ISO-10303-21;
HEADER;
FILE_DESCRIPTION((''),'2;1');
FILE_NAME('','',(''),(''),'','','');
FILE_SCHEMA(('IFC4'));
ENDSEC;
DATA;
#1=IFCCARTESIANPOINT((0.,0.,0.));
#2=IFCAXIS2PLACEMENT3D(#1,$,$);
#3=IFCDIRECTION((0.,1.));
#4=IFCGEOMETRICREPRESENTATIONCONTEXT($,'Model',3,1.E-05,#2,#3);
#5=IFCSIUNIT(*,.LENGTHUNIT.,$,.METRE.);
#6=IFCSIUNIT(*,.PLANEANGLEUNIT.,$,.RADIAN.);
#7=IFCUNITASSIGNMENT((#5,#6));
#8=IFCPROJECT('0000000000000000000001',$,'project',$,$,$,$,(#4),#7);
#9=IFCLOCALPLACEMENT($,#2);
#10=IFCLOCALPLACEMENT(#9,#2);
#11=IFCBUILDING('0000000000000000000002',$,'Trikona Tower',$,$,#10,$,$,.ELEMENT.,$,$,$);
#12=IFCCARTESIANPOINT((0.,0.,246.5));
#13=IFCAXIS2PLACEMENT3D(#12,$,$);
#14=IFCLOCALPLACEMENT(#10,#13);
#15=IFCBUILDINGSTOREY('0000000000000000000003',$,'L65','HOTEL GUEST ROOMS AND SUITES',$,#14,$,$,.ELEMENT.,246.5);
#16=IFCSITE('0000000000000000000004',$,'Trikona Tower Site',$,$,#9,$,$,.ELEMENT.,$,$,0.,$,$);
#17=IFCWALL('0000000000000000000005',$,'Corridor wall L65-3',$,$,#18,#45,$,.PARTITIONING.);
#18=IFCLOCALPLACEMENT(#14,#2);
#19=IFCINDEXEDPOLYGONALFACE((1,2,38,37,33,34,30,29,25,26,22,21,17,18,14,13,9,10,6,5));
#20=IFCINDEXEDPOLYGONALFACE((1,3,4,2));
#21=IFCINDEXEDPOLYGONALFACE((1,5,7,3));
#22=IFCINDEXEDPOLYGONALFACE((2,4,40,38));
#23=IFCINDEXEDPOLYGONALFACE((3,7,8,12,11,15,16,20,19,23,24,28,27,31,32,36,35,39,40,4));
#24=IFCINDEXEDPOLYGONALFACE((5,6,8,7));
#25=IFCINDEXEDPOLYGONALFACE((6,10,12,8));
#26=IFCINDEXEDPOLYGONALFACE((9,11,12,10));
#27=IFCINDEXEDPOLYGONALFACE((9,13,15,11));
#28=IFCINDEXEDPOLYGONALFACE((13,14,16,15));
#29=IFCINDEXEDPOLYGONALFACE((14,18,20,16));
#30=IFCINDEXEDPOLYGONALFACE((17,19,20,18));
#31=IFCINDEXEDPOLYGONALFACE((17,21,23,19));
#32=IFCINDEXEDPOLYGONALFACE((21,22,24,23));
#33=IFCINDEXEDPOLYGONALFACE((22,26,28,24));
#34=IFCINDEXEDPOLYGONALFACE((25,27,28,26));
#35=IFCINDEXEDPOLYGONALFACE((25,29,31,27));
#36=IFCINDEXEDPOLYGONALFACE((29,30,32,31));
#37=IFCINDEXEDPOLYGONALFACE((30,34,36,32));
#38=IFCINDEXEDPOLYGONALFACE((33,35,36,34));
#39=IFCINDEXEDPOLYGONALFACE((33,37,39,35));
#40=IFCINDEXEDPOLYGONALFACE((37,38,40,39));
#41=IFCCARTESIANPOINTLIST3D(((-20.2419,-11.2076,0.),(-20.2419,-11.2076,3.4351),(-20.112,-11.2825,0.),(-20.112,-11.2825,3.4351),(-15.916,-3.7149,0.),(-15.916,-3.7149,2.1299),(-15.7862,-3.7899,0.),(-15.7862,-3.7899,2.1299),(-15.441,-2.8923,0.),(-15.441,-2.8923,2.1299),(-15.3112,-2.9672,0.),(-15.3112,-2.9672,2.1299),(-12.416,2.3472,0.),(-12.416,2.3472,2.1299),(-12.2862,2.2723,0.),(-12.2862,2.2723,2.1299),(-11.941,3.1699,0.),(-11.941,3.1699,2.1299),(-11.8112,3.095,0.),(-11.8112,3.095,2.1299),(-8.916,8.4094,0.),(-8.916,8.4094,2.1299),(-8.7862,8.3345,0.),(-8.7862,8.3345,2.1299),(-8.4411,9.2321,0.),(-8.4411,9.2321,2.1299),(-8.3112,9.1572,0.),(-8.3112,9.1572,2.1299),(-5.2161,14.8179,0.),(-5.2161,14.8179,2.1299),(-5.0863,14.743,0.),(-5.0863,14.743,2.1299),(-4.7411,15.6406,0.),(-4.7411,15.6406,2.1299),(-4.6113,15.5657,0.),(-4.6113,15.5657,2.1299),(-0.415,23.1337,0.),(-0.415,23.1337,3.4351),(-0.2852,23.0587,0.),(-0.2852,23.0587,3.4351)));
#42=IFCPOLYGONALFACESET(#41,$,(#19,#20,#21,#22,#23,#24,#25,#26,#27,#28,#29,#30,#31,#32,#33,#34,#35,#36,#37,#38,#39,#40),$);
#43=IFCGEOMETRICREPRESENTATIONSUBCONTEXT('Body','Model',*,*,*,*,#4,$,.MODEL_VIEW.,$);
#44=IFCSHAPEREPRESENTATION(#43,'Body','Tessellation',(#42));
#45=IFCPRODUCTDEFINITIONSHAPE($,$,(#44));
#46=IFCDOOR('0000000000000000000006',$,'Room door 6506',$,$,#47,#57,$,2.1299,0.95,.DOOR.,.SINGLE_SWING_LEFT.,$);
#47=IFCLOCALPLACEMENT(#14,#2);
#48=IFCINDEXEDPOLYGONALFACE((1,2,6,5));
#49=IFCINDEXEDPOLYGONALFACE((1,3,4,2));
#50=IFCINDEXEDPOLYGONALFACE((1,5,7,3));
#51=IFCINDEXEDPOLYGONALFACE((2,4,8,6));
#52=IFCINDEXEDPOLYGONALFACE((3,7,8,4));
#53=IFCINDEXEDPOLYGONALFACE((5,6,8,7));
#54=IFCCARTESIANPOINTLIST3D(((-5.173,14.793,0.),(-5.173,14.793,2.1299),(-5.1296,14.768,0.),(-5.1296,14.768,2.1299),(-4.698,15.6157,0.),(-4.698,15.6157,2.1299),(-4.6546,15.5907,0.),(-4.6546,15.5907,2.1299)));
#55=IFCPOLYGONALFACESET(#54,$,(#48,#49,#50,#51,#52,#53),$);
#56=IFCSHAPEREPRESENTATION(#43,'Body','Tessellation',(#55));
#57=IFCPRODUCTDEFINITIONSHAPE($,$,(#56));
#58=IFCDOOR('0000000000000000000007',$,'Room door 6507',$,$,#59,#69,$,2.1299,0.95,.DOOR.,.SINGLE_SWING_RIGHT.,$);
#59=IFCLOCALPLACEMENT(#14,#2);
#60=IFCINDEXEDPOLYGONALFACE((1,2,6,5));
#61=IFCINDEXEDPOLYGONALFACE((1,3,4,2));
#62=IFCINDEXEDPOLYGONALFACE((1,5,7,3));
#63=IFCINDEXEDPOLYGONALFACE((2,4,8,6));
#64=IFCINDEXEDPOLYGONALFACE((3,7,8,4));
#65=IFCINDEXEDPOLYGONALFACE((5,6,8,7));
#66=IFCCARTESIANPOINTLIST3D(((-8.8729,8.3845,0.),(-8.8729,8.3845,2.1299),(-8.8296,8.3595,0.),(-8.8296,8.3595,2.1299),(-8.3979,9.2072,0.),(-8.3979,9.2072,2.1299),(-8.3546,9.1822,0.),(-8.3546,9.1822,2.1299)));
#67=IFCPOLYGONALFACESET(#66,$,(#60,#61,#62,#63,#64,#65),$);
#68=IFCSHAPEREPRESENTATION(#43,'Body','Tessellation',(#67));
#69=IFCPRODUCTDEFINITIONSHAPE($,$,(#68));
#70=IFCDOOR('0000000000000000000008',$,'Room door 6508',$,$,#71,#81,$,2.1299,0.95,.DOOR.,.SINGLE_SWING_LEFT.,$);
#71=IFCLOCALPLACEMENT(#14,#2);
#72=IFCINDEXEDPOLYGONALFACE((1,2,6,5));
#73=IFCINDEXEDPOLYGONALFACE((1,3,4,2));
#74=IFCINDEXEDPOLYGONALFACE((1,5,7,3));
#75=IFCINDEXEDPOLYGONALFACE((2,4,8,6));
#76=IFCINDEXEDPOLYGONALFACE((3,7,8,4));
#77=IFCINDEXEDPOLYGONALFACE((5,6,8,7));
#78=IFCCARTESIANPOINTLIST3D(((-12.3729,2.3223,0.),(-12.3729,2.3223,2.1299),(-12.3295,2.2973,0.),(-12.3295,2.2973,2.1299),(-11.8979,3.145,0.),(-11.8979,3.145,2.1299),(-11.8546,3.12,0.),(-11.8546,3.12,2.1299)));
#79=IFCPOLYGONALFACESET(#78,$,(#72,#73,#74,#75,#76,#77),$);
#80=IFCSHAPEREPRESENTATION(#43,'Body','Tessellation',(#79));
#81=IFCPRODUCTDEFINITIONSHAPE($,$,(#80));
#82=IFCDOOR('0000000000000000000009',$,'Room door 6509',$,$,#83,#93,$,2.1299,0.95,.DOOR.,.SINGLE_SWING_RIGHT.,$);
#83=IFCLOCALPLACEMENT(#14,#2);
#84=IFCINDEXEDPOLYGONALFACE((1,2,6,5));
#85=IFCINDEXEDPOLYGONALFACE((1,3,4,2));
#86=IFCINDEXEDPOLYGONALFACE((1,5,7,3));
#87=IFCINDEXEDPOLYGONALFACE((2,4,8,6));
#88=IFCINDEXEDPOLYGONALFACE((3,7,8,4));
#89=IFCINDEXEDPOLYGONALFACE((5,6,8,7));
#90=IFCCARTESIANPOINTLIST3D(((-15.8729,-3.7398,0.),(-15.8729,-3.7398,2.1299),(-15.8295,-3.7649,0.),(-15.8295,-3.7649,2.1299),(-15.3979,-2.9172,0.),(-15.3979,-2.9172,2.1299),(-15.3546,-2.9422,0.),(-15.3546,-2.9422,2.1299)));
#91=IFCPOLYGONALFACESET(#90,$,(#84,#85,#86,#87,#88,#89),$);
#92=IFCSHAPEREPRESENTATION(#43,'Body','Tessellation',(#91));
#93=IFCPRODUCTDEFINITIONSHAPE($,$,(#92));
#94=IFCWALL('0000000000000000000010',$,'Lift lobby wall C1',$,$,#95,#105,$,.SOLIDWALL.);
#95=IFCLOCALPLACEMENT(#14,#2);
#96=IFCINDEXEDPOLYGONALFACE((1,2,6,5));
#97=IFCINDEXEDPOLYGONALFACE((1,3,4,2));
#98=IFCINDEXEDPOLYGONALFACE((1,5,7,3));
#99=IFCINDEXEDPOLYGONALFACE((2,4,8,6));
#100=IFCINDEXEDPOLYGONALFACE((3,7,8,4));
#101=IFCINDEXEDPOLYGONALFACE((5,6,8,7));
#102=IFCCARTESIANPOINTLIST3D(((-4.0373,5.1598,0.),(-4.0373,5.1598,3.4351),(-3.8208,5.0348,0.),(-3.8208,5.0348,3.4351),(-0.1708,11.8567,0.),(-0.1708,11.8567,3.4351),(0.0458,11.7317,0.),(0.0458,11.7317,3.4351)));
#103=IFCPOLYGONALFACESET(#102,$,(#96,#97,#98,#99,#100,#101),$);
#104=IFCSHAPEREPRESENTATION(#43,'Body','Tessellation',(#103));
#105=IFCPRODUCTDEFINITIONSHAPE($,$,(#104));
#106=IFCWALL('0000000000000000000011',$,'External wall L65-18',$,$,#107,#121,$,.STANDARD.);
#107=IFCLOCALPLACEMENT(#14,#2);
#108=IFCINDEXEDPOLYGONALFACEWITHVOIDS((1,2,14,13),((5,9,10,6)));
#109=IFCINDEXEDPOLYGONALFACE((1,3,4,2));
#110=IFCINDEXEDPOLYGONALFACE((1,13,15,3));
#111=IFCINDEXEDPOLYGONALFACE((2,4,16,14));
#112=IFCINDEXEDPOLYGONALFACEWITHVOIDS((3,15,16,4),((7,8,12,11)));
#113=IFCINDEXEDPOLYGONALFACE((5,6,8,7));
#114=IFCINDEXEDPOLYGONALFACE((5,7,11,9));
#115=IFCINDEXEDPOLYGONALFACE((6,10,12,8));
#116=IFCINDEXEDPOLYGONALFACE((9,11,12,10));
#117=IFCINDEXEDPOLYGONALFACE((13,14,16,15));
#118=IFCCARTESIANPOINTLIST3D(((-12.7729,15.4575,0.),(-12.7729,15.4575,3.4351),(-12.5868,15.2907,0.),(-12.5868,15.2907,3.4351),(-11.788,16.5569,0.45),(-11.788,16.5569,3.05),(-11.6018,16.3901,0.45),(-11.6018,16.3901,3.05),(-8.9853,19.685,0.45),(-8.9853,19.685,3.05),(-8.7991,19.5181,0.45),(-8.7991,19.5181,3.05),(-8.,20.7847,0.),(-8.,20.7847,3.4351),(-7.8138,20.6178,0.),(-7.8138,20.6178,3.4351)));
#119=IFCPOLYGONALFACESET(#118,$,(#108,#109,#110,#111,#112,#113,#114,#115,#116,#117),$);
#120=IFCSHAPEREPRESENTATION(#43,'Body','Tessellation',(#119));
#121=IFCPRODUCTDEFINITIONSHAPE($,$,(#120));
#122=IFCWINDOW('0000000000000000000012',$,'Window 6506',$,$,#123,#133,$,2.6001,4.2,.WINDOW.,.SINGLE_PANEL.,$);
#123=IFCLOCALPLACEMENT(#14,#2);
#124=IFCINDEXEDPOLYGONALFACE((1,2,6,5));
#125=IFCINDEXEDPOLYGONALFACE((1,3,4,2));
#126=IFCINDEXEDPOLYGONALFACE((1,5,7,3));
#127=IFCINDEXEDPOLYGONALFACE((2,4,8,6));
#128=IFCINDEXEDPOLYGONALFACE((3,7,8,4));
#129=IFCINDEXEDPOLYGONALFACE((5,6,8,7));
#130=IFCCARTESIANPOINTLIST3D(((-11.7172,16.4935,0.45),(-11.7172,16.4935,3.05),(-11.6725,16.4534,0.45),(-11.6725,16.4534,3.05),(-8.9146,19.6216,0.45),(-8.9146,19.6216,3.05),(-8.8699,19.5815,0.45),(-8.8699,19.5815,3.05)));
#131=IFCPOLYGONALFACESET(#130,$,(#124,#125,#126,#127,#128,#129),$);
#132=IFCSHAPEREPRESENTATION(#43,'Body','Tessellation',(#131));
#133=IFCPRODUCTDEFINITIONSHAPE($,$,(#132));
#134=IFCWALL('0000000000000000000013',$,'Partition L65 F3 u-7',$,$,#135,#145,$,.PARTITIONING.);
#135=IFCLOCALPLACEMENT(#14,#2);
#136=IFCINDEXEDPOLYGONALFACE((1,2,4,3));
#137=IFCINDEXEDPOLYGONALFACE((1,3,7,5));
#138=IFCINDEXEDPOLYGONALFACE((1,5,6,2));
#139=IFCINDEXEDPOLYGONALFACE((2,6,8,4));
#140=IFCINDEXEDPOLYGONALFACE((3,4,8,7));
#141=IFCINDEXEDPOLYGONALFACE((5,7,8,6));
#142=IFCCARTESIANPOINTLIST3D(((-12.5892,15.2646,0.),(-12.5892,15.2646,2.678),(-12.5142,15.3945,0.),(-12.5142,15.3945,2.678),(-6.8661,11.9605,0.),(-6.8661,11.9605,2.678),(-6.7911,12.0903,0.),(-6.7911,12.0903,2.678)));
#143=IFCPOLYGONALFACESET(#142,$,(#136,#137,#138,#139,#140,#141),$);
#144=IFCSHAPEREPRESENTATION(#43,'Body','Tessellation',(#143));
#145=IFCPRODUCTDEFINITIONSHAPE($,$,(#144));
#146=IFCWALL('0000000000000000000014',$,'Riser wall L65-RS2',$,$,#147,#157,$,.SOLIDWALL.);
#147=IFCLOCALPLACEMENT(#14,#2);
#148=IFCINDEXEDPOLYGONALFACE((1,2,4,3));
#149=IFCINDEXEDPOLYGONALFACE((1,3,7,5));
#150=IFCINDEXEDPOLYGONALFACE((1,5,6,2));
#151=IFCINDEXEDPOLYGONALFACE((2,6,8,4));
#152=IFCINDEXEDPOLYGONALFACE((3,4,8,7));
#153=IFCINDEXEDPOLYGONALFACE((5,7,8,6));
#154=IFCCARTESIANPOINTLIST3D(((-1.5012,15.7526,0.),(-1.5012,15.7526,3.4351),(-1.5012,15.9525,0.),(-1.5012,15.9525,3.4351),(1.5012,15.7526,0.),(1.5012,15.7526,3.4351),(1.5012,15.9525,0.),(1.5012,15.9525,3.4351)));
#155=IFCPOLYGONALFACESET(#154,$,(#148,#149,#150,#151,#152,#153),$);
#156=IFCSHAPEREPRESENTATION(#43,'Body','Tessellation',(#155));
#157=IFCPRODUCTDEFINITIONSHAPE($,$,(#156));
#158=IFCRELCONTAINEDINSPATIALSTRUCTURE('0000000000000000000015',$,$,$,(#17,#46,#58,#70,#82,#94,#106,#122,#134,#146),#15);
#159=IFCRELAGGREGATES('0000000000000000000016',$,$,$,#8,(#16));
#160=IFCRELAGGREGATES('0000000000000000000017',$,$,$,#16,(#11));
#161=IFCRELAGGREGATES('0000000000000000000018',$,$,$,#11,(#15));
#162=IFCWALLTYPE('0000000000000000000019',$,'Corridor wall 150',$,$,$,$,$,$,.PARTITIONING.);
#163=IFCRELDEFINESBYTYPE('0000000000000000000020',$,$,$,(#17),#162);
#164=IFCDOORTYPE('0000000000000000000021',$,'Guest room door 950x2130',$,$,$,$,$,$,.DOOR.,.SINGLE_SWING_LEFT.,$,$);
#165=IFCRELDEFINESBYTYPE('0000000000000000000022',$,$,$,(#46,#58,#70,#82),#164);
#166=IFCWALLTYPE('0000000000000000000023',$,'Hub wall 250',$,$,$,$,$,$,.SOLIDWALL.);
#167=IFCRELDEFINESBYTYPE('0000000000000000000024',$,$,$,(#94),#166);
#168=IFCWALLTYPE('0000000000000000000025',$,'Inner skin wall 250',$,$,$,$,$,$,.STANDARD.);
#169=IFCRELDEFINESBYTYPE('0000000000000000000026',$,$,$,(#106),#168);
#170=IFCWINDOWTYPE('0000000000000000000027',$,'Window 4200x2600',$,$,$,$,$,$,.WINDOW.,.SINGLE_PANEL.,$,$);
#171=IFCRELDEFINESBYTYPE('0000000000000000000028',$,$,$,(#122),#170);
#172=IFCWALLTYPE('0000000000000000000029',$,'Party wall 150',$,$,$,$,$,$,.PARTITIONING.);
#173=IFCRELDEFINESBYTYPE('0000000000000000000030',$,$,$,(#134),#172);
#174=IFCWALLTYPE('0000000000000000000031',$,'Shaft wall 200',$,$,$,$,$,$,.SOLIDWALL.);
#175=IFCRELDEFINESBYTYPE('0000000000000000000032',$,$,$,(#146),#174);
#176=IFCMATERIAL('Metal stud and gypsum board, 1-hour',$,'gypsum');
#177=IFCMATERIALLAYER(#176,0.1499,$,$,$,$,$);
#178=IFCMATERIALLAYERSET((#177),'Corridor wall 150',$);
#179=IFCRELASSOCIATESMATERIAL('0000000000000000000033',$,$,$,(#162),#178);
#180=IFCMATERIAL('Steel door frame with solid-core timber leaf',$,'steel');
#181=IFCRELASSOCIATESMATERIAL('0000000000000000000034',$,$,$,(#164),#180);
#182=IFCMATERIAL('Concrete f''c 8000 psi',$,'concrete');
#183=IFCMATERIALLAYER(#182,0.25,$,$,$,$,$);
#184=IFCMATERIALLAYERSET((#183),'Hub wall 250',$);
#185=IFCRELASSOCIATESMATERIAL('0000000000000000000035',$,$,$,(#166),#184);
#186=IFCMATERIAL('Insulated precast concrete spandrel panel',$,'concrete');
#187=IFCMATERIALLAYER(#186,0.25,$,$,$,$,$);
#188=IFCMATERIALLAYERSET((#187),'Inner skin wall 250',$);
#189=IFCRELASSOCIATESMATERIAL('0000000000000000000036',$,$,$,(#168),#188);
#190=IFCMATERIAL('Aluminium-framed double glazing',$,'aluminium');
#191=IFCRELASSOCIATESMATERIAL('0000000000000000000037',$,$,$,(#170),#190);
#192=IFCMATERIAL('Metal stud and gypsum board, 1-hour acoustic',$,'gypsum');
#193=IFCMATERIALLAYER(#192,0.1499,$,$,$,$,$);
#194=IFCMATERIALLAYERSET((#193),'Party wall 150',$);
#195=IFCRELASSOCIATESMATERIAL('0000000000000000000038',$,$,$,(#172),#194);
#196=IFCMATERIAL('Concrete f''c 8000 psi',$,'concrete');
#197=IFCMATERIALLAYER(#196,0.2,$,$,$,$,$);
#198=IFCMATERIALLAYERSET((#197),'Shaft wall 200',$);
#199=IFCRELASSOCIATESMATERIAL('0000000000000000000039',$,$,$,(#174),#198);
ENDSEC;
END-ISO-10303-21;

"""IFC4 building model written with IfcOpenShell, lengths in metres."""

from ifc_helpers import new_model, si_unit, direction, frame, frame_2d, origin, place, context, subcontext, project, spatial, rectangle, extrude, material, layer, layer_set, type_object, element, fill, save


model = new_model("IFC4")

# Units and contexts
model_context = context("Model", 3, precision=1e-05, world=origin(), true_north=direction((0.0, 1.0)))
body_context = subcontext(model_context, "Body", "Model", "MODEL_VIEW")
ifc_project = project(units=[si_unit("LENGTHUNIT", "METRE"), si_unit("PLANEANGLEUNIT", "RADIAN")], contexts=[model_context])

# Site, building, storey
site_placement = place(None, origin())
site = spatial("IfcSite", under=ifc_project, at=site_placement, Name="Trikona Tower Site", CompositionType="ELEMENT", RefElevation=0.0)
building_placement = place(site_placement, origin())
building = spatial("IfcBuilding", under=site, at=building_placement, Name="Trikona Tower", CompositionType="ELEMENT")
storey_placement = place(building_placement, frame((0.0, 0.0, 246.5)))
storey = spatial("IfcBuildingStorey", under=building, at=storey_placement, Name="L65", Description="HOTEL GUEST ROOMS AND SUITES", CompositionType="ELEMENT", Elevation=246.5)

# Wall, openings, doors
ifc_material_1 = material(Name="Metal stud and gypsum board, 1-hour", Category="gypsum")
ifc_layer_1 = layer(ifc_material_1, 0.1499)
ifc_layer_set_1 = layer_set([ifc_layer_1], Name="Corridor wall 150")
wall_type_1 = type_object("IfcWallType", Name="Corridor wall 150", PredefinedType="PARTITIONING", material=ifc_layer_set_1)
wall_1_placement = place(storey_placement, frame((-0.3501, 23.0962, 0.0), z_axis=(0.0, 0.0, 1.0), x_axis=(-0.499999, -0.866026, 0.0)))
wall_1 = element("IfcWall", 1, at=wall_1_placement, inside=storey, type_object=wall_type_1, Name="Corridor wall L65-3", PredefinedType="PARTITIONING", context=body_context, shape_type="SweptSolid", body=[
    extrude(rectangle(XDim=39.6538, YDim=0.1499, at=frame_2d((19.8269, 0.0))), origin(), (0.0, 0.0, 1.0), 3.4351),
])
opening_1_placement = place(wall_1_placement, frame((8.6521, 0.0, 0.0)))
opening_1 = element("IfcOpeningElement", 2, at=opening_1_placement, cuts=wall_1, PredefinedType="OPENING", context=body_context, shape_type="SweptSolid", body=[
    extrude(rectangle(XDim=0.95, YDim=2.1299, at=frame_2d((0.4751, 1.0649))), frame((0.0, 0.085, 0.0), z_axis=(0.0, -1.0, 0.0), x_axis=(1.0, 0.0, 0.0)), (0.0, 0.0, 1.0), 0.1699),
])
opening_2_placement = place(wall_1_placement, frame((16.052, 0.0, 0.0)))
opening_2 = element("IfcOpeningElement", 3, at=opening_2_placement, cuts=wall_1, PredefinedType="OPENING", context=body_context, shape_type="SweptSolid", body=[
    extrude(rectangle(XDim=0.95, YDim=2.1299, at=frame_2d((0.4751, 1.0649))), frame((0.0, 0.085, 0.0), z_axis=(0.0, -1.0, 0.0), x_axis=(1.0, 0.0, 0.0)), (0.0, 0.0, 1.0), 0.1699),
])
opening_3_placement = place(wall_1_placement, frame((23.052, 0.0, 0.0)))
opening_3 = element("IfcOpeningElement", 4, at=opening_3_placement, cuts=wall_1, PredefinedType="OPENING", context=body_context, shape_type="SweptSolid", body=[
    extrude(rectangle(XDim=0.95, YDim=2.1299, at=frame_2d((0.4751, 1.0649))), frame((0.0, 0.085, 0.0), z_axis=(0.0, -1.0, 0.0), x_axis=(1.0, 0.0, 0.0)), (0.0, 0.0, 1.0), 0.1699),
])
opening_4_placement = place(wall_1_placement, frame((30.052, 0.0, 0.0)))
opening_4 = element("IfcOpeningElement", 5, at=opening_4_placement, cuts=wall_1, PredefinedType="OPENING", context=body_context, shape_type="SweptSolid", body=[
    extrude(rectangle(XDim=0.95, YDim=2.1299, at=frame_2d((0.4751, 1.0649))), frame((0.0, 0.085, 0.0), z_axis=(0.0, -1.0, 0.0), x_axis=(1.0, 0.0, 0.0)), (0.0, 0.0, 1.0), 0.1699),
])
ifc_material_2 = material(Name="Steel door frame with solid-core timber leaf", Category="steel")
door_type_1 = type_object("IfcDoorType", Name="Guest room door 950x2130", OperationType="SINGLE_SWING_LEFT", PredefinedType="DOOR", material=ifc_material_2)
door_1_placement = place(opening_1_placement, origin())
door_1 = element("IfcDoor", 6, at=door_1_placement, inside=storey, type_object=door_type_1, Name="Room door 6506", OperationType="SINGLE_SWING_LEFT", OverallHeight=2.1299, OverallWidth=0.95, PredefinedType="DOOR", context=body_context, shape_type="SweptSolid", body=[
    extrude(rectangle(XDim=0.95, YDim=2.1299, at=frame_2d((0.4751, 1.0649))), frame((0.0, 0.0249, 0.0), z_axis=(0.0, -1.0, 0.0), x_axis=(1.0, 0.0, 0.0)), (0.0, 0.0, 1.0), 0.05),
])
fill(opening_1, door_1)
door_2_placement = place(opening_2_placement, origin())
door_2 = element("IfcDoor", 7, at=door_2_placement, inside=storey, type_object=door_type_1, Name="Room door 6507", OperationType="SINGLE_SWING_RIGHT", OverallHeight=2.1299, OverallWidth=0.95, PredefinedType="DOOR", context=body_context, shape_type="SweptSolid", body=[
    extrude(rectangle(XDim=0.95, YDim=2.1299, at=frame_2d((0.4751, 1.0649))), frame((0.0, 0.0249, 0.0), z_axis=(0.0, -1.0, 0.0), x_axis=(1.0, 0.0, 0.0)), (0.0, 0.0, 1.0), 0.05),
])
fill(opening_2, door_2)
door_3_placement = place(opening_3_placement, origin())
door_3 = element("IfcDoor", 8, at=door_3_placement, inside=storey, type_object=door_type_1, Name="Room door 6508", OperationType="SINGLE_SWING_LEFT", OverallHeight=2.1299, OverallWidth=0.95, PredefinedType="DOOR", context=body_context, shape_type="SweptSolid", body=[
    extrude(rectangle(XDim=0.95, YDim=2.1299, at=frame_2d((0.4751, 1.0649))), frame((0.0, 0.0249, 0.0), z_axis=(0.0, -1.0, 0.0), x_axis=(1.0, 0.0, 0.0)), (0.0, 0.0, 1.0), 0.05),
])
fill(opening_3, door_3)
door_4_placement = place(opening_4_placement, origin())
door_4 = element("IfcDoor", 9, at=door_4_placement, inside=storey, type_object=door_type_1, Name="Room door 6509", OperationType="SINGLE_SWING_RIGHT", OverallHeight=2.1299, OverallWidth=0.95, PredefinedType="DOOR", context=body_context, shape_type="SweptSolid", body=[
    extrude(rectangle(XDim=0.95, YDim=2.1299, at=frame_2d((0.4751, 1.0649))), frame((0.0, 0.0249, 0.0), z_axis=(0.0, -1.0, 0.0), x_axis=(1.0, 0.0, 0.0)), (0.0, 0.0, 1.0), 0.05),
])
fill(opening_4, door_4)

# Wall
ifc_material_3 = material(Name="Concrete f'c 8000 psi", Category="concrete")
ifc_layer_2 = layer(ifc_material_3, 0.25)
ifc_layer_set_2 = layer_set([ifc_layer_2], Name="Hub wall 250")
wall_type_2 = type_object("IfcWallType", Name="Hub wall 250", PredefinedType="SOLIDWALL", material=ifc_layer_set_2)
wall_2_placement = place(storey_placement, frame((-0.0625, 11.7942, 0.0), z_axis=(0.0, 0.0, 1.0), x_axis=(-0.500007, -0.866022, 0.0)))
element("IfcWall", 10, at=wall_2_placement, inside=storey, type_object=wall_type_2, Name="Lift lobby wall C1", PredefinedType="SOLIDWALL", context=body_context, shape_type="SweptSolid", body=[
    extrude(rectangle(XDim=7.7329, YDim=0.25, at=frame_2d((3.8665, 0.0))), origin(), (0.0, 0.0, 1.0), 3.4351),
])

# Wall, opening, window
ifc_material_4 = material(Name="Insulated precast concrete spandrel panel", Category="concrete")
ifc_layer_3 = layer(ifc_material_4, 0.25)
ifc_layer_set_3 = layer_set([ifc_layer_3], Name="Inner skin wall 250")
wall_type_3 = type_object("IfcWallType", Name="Inner skin wall 250", PredefinedType="STANDARD", material=ifc_layer_set_3)
wall_3_placement = place(storey_placement, frame((-7.907, 20.7012, 0.0), z_axis=(0.0, 0.0, 1.0), x_axis=(-0.667304, -0.744786, 0.0)))
wall_3 = element("IfcWall", 11, at=wall_3_placement, inside=storey, type_object=wall_type_3, Name="External wall L65-18", PredefinedType="STANDARD", context=body_context, shape_type="SweptSolid", body=[
    extrude(rectangle(XDim=7.1526, YDim=0.25, at=frame_2d((3.5762, 0.0))), origin(), (0.0, 0.0, 1.0), 3.4351),
])
opening_5_placement = place(wall_3_placement, frame((1.4763, 0.0, 0.45)))
opening_5 = element("IfcOpeningElement", 12, at=opening_5_placement, cuts=wall_3, PredefinedType="OPENING", context=body_context, shape_type="SweptSolid", body=[
    extrude(rectangle(XDim=4.2, YDim=2.6001, at=frame_2d((2.1001, 1.3))), frame((0.0, 0.135, 0.0), z_axis=(0.0, -1.0, 0.0), x_axis=(1.0, 0.0, 0.0)), (0.0, 0.0, 1.0), 0.27),
])
ifc_material_5 = material(Name="Aluminium-framed double glazing", Category="aluminium")
window_type_1 = type_object("IfcWindowType", Name="Window 4200x2600", PartitioningType="SINGLE_PANEL", PredefinedType="WINDOW", material=ifc_material_5)
window_1_placement = place(opening_5_placement, origin())
window_1 = element("IfcWindow", 13, at=window_1_placement, inside=storey, type_object=window_type_1, Name="Window 6506", OverallHeight=2.6001, OverallWidth=4.2, PartitioningType="SINGLE_PANEL", PredefinedType="WINDOW", context=body_context, shape_type="SweptSolid", body=[
    extrude(rectangle(XDim=4.2, YDim=2.6001, at=frame_2d((2.1001, 1.3))), frame((0.0, 0.03, 0.0), z_axis=(0.0, -1.0, 0.0), x_axis=(1.0, 0.0, 0.0)), (0.0, 0.0, 1.0), 0.0601),
])
fill(opening_5, window_1)

# Walls
ifc_material_6 = material(Name="Metal stud and gypsum board, 1-hour acoustic", Category="gypsum")
ifc_layer_4 = layer(ifc_material_6, 0.1499)
ifc_layer_set_4 = layer_set([ifc_layer_4], Name="Party wall 150")
wall_type_4 = type_object("IfcWallType", Name="Party wall 150", PredefinedType="PARTITIONING", material=ifc_layer_set_4)
wall_4_placement = place(storey_placement, frame((-6.8286, 12.0254, 0.0), z_axis=(0.0, 0.0, 1.0), x_axis=(-0.866029, 0.499993, 0.0)))
element("IfcWall", 14, at=wall_4_placement, inside=storey, type_object=wall_type_4, Name="Partition L65 F3 u-7", PredefinedType="PARTITIONING", context=body_context, shape_type="SweptSolid", body=[
    extrude(rectangle(XDim=6.6084, YDim=0.1499, at=frame_2d((3.3042, 0.0))), origin(), (0.0, 0.0, 1.0), 2.678),
])
ifc_material_7 = material(Name="Concrete f'c 8000 psi", Category="concrete")
ifc_layer_5 = layer(ifc_material_7, 0.2)
ifc_layer_set_5 = layer_set([ifc_layer_5], Name="Shaft wall 200")
wall_type_5 = type_object("IfcWallType", Name="Shaft wall 200", PredefinedType="SOLIDWALL", material=ifc_layer_set_5)
wall_5_placement = place(storey_placement, frame((-1.5012, 15.8525, 0.0), z_axis=(0.0, 0.0, 1.0), x_axis=(1.0, 0.0, 0.0)))
element("IfcWall", 15, at=wall_5_placement, inside=storey, type_object=wall_type_5, Name="Riser wall L65-RS2", PredefinedType="SOLIDWALL", context=body_context, shape_type="SweptSolid", body=[
    extrude(rectangle(XDim=3.0024, YDim=0.2, at=frame_2d((1.5012, 0.0))), origin(), (0.0, 0.0, 1.0), 3.4351),
])

save(model, "model.ifc")
